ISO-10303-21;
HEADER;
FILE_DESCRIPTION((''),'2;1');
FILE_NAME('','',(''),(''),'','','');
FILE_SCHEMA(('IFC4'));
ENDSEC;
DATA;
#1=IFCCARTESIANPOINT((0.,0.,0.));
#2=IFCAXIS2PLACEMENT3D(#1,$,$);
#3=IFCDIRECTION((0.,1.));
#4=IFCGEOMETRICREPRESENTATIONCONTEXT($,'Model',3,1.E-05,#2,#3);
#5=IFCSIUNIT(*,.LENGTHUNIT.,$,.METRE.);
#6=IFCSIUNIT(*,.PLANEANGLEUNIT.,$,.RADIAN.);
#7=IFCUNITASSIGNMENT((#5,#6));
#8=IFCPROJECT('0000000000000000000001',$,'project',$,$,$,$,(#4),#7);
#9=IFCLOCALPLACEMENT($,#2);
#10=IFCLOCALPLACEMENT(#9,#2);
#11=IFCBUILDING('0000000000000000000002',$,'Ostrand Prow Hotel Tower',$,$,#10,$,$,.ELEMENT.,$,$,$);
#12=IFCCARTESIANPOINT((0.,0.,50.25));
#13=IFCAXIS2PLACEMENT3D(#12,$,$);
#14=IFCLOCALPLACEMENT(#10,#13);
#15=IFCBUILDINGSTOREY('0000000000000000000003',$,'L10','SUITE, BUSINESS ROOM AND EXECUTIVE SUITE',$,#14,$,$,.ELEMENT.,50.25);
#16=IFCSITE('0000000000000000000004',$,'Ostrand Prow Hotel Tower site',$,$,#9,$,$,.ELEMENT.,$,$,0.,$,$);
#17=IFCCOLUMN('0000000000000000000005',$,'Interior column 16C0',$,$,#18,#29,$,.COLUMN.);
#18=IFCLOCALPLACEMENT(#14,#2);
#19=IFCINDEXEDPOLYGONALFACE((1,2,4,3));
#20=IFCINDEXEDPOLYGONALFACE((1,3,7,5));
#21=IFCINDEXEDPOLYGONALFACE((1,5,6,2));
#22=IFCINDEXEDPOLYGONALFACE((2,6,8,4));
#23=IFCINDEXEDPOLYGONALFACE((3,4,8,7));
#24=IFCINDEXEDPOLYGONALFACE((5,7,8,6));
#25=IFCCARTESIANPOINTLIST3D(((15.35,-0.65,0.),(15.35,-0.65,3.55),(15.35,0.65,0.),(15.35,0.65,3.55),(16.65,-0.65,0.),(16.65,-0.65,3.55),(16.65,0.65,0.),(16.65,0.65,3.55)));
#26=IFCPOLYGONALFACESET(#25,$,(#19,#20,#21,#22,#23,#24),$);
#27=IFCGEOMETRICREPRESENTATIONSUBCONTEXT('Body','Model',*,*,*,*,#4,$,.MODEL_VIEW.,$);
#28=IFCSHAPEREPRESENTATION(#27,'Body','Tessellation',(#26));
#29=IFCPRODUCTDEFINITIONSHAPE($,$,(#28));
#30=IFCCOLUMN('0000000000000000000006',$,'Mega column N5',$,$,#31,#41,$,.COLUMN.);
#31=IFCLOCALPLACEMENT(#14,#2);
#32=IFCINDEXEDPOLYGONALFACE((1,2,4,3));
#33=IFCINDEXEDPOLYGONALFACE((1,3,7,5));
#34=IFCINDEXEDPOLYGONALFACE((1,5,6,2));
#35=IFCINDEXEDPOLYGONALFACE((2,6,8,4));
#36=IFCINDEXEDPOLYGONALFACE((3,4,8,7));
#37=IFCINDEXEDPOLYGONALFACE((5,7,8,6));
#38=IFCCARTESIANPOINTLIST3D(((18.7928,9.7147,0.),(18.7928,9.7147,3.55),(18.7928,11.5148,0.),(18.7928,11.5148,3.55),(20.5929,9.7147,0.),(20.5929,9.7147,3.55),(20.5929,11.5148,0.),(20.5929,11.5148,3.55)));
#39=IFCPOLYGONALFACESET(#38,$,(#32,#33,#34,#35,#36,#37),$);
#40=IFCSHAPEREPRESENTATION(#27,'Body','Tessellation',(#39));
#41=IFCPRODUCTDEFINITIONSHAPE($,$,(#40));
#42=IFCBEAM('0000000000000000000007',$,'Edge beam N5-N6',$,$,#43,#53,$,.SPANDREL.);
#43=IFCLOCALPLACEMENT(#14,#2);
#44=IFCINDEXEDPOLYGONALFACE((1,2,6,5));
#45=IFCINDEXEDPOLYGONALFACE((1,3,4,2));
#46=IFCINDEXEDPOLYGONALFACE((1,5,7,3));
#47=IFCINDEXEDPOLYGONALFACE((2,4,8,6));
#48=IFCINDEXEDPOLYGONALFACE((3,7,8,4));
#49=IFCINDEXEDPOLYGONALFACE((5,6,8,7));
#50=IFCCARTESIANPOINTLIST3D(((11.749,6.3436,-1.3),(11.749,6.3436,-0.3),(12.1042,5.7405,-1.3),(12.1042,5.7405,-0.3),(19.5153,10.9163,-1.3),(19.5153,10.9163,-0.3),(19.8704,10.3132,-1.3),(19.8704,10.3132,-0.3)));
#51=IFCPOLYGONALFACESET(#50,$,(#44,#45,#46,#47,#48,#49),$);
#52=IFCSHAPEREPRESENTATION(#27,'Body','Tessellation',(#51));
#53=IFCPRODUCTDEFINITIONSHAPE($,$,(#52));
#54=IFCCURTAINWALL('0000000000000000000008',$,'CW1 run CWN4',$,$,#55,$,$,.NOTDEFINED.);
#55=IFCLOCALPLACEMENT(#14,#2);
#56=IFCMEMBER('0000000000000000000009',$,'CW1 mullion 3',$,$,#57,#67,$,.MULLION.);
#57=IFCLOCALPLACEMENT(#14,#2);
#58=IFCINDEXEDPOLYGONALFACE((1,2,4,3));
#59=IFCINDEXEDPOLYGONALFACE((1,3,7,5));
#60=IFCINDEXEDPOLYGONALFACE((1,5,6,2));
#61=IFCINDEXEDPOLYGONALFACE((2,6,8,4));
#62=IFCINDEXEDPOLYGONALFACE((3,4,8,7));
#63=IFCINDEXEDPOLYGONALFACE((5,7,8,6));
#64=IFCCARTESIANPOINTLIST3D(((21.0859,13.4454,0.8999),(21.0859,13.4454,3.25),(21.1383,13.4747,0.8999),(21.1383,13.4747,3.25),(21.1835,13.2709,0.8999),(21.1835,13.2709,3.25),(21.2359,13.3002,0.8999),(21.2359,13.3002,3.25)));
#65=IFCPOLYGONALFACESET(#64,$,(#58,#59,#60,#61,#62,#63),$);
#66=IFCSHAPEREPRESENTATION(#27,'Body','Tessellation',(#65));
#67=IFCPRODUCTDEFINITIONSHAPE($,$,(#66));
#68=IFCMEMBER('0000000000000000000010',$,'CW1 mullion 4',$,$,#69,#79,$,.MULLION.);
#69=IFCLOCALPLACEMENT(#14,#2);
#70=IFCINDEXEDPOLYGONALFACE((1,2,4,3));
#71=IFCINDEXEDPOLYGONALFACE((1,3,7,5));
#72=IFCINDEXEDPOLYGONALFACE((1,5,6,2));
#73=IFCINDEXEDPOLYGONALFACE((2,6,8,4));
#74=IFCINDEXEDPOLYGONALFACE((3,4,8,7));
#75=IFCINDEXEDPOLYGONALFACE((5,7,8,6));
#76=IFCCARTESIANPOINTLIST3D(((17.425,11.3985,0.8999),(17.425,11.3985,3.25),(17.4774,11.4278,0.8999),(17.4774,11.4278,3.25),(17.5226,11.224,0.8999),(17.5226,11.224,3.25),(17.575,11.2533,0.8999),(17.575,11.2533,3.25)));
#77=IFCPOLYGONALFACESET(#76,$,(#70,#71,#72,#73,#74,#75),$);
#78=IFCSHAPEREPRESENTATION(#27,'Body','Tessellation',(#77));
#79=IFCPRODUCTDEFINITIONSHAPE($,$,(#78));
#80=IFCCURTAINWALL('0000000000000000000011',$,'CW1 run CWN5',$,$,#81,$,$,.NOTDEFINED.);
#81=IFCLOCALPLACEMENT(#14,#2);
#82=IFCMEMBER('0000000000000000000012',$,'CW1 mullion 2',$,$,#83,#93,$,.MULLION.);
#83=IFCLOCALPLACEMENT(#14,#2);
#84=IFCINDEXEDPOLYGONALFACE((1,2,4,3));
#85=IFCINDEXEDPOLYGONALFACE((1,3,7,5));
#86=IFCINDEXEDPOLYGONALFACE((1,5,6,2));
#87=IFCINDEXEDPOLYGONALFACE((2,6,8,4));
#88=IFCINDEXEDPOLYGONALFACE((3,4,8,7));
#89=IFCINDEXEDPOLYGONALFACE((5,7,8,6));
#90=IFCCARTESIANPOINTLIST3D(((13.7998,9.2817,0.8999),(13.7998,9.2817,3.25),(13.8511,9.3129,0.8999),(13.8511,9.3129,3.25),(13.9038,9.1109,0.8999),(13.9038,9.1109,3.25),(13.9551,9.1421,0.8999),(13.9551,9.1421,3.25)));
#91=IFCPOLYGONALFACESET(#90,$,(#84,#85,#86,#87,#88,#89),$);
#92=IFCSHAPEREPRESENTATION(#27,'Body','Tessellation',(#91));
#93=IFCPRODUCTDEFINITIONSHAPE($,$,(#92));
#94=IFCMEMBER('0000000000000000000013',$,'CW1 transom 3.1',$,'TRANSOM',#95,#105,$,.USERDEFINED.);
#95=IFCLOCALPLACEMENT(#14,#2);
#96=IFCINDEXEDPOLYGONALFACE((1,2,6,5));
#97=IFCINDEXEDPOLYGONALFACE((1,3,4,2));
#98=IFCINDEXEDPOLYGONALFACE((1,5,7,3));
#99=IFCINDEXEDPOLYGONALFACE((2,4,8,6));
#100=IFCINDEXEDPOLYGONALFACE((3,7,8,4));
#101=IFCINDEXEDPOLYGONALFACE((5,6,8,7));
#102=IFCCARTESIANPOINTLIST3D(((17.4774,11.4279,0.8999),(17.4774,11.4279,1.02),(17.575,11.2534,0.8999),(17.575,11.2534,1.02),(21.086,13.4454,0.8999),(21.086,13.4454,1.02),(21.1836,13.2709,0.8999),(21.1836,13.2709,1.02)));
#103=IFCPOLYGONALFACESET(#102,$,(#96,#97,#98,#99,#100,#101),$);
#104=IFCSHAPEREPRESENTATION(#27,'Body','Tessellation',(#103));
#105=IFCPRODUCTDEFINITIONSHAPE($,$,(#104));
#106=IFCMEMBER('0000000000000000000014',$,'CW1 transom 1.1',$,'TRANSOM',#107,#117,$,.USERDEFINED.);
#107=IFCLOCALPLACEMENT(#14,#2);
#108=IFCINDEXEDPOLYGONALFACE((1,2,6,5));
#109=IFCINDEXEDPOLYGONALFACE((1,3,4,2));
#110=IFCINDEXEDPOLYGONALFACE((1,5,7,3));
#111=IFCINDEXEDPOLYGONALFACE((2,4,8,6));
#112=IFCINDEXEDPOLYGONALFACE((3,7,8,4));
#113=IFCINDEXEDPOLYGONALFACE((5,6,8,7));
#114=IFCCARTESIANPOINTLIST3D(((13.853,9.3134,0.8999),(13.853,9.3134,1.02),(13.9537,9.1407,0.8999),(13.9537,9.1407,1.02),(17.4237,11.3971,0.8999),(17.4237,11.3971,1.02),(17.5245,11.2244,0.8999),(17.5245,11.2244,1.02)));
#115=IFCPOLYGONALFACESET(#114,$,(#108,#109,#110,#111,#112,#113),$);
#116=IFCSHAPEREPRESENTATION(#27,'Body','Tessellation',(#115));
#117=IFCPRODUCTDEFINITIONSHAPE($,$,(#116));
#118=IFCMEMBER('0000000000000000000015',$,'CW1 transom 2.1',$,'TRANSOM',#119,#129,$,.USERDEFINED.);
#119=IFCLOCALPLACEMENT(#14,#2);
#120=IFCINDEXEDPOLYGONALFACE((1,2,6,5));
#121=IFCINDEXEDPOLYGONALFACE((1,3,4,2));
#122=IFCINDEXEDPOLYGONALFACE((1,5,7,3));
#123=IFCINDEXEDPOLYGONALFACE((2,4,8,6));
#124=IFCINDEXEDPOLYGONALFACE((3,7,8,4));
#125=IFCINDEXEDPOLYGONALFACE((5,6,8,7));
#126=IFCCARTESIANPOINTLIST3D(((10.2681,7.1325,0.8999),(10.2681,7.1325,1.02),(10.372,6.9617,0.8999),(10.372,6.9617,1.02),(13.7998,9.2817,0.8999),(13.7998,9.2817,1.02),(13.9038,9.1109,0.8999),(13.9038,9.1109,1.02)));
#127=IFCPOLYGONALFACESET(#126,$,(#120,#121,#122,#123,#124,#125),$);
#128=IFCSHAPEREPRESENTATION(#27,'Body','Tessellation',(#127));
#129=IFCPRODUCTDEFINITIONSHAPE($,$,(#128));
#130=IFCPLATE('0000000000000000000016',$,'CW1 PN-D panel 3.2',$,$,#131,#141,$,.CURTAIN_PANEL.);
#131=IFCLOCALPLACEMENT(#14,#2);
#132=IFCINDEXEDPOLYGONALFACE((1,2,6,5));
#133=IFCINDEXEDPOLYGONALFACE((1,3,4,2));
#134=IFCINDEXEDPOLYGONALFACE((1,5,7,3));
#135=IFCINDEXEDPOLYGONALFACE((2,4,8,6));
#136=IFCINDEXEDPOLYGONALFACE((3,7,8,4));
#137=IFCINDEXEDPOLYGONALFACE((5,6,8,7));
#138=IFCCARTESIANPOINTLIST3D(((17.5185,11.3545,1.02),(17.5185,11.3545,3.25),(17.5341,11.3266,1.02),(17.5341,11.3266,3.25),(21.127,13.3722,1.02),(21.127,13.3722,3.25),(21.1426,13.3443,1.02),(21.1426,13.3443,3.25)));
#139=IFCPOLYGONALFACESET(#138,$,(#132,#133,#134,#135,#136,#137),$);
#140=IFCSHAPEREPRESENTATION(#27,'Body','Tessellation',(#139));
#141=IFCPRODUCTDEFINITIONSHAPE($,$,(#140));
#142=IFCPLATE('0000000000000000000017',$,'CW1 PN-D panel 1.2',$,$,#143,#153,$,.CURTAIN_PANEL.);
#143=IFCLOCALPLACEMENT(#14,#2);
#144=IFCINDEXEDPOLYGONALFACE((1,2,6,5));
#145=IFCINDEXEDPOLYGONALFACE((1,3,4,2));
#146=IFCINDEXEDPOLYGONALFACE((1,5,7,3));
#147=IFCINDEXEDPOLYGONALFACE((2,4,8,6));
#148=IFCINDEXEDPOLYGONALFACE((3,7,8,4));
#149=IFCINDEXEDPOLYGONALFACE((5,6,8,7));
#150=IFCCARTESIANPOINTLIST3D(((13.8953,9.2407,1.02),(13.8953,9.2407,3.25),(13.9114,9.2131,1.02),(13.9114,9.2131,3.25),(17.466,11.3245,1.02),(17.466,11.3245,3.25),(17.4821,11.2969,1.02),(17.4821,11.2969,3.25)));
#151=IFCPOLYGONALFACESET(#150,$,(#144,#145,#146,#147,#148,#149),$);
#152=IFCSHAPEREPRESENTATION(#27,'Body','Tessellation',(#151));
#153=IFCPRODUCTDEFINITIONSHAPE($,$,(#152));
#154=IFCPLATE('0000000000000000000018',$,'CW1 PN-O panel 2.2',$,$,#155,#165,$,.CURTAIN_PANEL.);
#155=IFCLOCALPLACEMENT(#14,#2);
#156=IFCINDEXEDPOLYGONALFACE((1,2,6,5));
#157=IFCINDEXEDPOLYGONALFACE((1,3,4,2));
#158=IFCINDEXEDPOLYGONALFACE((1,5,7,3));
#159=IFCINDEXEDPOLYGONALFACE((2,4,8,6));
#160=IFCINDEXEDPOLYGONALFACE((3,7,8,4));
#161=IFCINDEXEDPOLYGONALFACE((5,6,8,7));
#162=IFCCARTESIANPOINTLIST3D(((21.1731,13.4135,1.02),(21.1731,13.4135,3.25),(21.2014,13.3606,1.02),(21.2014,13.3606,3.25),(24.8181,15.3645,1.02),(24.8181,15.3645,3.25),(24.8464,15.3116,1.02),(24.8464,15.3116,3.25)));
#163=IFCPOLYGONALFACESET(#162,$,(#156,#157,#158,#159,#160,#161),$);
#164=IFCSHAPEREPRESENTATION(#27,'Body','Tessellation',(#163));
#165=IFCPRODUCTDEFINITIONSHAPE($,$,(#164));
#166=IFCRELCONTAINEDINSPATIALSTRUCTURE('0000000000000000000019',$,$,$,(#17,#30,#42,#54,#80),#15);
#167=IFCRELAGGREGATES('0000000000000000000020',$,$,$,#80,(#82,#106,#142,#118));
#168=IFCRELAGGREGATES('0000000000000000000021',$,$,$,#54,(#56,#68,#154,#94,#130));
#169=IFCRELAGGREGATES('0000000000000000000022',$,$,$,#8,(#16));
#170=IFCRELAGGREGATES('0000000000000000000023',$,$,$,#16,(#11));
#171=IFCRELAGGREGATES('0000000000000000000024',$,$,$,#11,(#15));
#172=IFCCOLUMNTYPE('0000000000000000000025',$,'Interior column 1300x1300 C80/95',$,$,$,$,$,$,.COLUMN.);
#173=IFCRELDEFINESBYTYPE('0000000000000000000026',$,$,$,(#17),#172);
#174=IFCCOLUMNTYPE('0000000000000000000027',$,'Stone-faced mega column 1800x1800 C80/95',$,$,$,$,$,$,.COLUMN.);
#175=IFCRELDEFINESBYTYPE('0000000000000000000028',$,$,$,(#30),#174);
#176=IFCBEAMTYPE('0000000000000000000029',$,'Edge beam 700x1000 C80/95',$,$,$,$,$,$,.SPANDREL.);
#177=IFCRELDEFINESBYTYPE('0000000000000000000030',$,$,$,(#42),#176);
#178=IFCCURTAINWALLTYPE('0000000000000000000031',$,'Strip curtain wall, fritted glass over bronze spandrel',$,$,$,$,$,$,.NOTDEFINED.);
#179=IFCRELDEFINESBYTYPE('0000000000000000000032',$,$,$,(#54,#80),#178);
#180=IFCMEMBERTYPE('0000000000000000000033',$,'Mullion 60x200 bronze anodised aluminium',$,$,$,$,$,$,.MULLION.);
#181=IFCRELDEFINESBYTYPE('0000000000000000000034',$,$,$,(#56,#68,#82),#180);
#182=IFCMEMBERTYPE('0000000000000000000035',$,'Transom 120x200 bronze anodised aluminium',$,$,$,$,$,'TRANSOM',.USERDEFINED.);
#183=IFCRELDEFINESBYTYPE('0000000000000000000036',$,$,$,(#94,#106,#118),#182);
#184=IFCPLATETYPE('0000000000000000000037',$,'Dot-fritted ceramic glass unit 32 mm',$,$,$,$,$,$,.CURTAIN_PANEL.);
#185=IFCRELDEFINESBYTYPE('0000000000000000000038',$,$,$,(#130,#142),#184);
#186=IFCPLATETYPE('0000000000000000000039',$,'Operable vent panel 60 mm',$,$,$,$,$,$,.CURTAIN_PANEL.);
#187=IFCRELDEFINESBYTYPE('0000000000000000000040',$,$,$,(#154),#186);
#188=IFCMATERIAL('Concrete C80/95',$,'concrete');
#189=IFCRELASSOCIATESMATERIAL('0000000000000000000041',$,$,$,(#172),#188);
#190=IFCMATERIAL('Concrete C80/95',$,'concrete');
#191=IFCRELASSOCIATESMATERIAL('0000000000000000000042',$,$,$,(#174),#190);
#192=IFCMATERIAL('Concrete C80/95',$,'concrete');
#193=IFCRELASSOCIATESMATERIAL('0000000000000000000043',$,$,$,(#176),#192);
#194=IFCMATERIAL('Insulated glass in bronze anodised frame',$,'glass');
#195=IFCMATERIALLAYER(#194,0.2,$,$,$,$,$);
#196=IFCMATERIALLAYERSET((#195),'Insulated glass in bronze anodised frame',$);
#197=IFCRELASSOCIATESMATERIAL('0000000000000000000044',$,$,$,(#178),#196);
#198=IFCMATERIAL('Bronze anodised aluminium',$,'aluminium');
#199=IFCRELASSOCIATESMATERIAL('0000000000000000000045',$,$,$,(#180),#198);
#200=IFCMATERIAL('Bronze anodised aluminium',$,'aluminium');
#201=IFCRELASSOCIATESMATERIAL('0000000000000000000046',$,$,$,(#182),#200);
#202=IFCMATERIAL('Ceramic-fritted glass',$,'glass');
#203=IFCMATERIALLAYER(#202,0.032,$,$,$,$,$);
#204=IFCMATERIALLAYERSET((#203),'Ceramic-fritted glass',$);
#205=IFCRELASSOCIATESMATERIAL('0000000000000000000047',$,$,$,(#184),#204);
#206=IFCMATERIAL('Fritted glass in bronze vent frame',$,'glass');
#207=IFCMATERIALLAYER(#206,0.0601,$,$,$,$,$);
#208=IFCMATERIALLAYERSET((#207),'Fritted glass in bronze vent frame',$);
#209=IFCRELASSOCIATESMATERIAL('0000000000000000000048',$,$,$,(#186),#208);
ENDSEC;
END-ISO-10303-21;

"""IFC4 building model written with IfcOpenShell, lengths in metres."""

from ifc_helpers import new_model, si_unit, direction, frame, origin, origin_2d, place, context, subcontext, project, spatial, rectangle, extrude, material, layer, layer_set, material_profile, profile_set, type_object, element, aggregate, save


model = new_model("IFC4")

# Units and contexts
model_context = context("Model", 3, precision=1e-05, world=origin(), true_north=direction((0.0, 1.0)))
body_context = subcontext(model_context, "Body", "Model", "MODEL_VIEW")
ifc_project = project(units=[si_unit("LENGTHUNIT", "METRE"), si_unit("PLANEANGLEUNIT", "RADIAN")], contexts=[model_context])

# Site, building, storey
site_placement = place(None, origin())
site = spatial("IfcSite", under=ifc_project, at=site_placement, Name="Ostrand Prow Hotel Tower site", CompositionType="ELEMENT", RefElevation=0.0)
building_placement = place(site_placement, origin())
building = spatial("IfcBuilding", under=site, at=building_placement, Name="Ostrand Prow Hotel Tower", CompositionType="ELEMENT")
storey_placement = place(building_placement, frame((0.0, 0.0, 50.25)))
storey = spatial("IfcBuildingStorey", under=building, at=storey_placement, Name="L10", Description="SUITE, BUSINESS ROOM AND EXECUTIVE SUITE", CompositionType="ELEMENT", Elevation=50.25)

# Columns
ifc_material_1 = material(Name="Concrete C80/95", Category="concrete")
ifc_material_profile_1 = material_profile(ifc_material_1, rectangle(XDim=1.3, YDim=1.3, at=origin_2d()), Name="RC 1300x1300")
ifc_profile_set_1 = profile_set([ifc_material_profile_1], Name="Concrete C80/95")
column_type_1 = type_object("IfcColumnType", Name="Interior column 1300x1300 C80/95", PredefinedType="COLUMN", material=ifc_profile_set_1)
column_1_placement = place(storey_placement, frame((16.0, 0.0, 0.0), z_axis=(0.0, 0.0, 1.0), x_axis=(1.0, 0.0, 0.0)))
element("IfcColumn", 1, at=column_1_placement, inside=storey, type_object=column_type_1, Name="Interior column 16C0", PredefinedType="COLUMN", context=body_context, shape_type="SweptSolid", body=[
    extrude(rectangle(XDim=1.3, YDim=1.3, at=origin_2d()), origin(), (0.0, 0.0, 1.0), 3.55),
])
ifc_material_2 = material(Name="Concrete C80/95", Category="concrete")
ifc_material_profile_2 = material_profile(ifc_material_2, rectangle(XDim=1.8, YDim=1.8, at=origin_2d()), Name="RC 1800x1800")
ifc_profile_set_2 = profile_set([ifc_material_profile_2], Name="Concrete C80/95")
column_type_2 = type_object("IfcColumnType", Name="Stone-faced mega column 1800x1800 C80/95", PredefinedType="COLUMN", material=ifc_profile_set_2)
column_2_placement = place(storey_placement, frame((19.6929, 10.6147, 0.0), z_axis=(0.0, 0.0, 1.0), x_axis=(1.0, 0.0, 0.0)))
element("IfcColumn", 2, at=column_2_placement, inside=storey, type_object=column_type_2, Name="Mega column N5", PredefinedType="COLUMN", context=body_context, shape_type="SweptSolid", body=[
    extrude(rectangle(XDim=1.8, YDim=1.8, at=origin_2d()), origin(), (0.0, 0.0, 1.0), 3.55),
])

# Beam
ifc_material_3 = material(Name="Concrete C80/95", Category="concrete")
ifc_material_profile_3 = material_profile(ifc_material_3, rectangle(XDim=0.7, YDim=1.0, at=origin_2d()), Name="RC 700x1000")
ifc_profile_set_3 = profile_set([ifc_material_profile_3], Name="Concrete C80/95")
beam_type = type_object("IfcBeamType", Name="Edge beam 700x1000 C80/95", PredefinedType="SPANDREL", material=ifc_profile_set_3)
beam_placement = place(storey_placement, frame((19.6929, 10.6147, -0.8), z_axis=(-0.861725, -0.507375, 0.0), x_axis=(0.507375, -0.861725, 0.0)))
element("IfcBeam", 3, at=beam_placement, inside=storey, type_object=beam_type, Name="Edge beam N5-N6", PredefinedType="SPANDREL", context=body_context, shape_type="SweptSolid", body=[
    extrude(rectangle(XDim=0.7, YDim=1.0, at=origin_2d()), origin(), (0.0, 0.0, 1.0), 9.0125),
])

# Curtain wall, members
ifc_material_4 = material(Name="Insulated glass in bronze anodised frame", Category="glass")
ifc_layer_1 = layer(ifc_material_4, 0.2)
ifc_layer_set_1 = layer_set([ifc_layer_1], Name="Insulated glass in bronze anodised frame")
curtain_wall_type = type_object("IfcCurtainWallType", Name="Strip curtain wall, fritted glass over bronze spandrel", PredefinedType="NOTDEFINED", material=ifc_layer_set_1)
curtain_wall_1_placement = place(storey_placement, origin())
curtain_wall_1 = element("IfcCurtainWall", 4, at=curtain_wall_1_placement, inside=storey, type_object=curtain_wall_type, Name="CW1 run CWN4", PredefinedType="NOTDEFINED")
ifc_material_5 = material(Name="Bronze anodised aluminium", Category="aluminium")
ifc_material_profile_4 = material_profile(ifc_material_5, rectangle(XDim=0.2, YDim=0.0601, at=origin_2d()), Name="Mullion 60x200 bronze anodised aluminium")
ifc_profile_set_4 = profile_set([ifc_material_profile_4], Name="Bronze anodised aluminium")
member_type_1 = type_object("IfcMemberType", Name="Mullion 60x200 bronze anodised aluminium", PredefinedType="MULLION", material=ifc_profile_set_4)
member_1_placement = place(storey_placement, frame((21.1609, 13.3728, 0.8999), z_axis=(0.0, 0.0, 1.0), x_axis=(0.488044, -0.872819, 0.0)))
member_1 = element("IfcMember", 5, at=member_1_placement, type_object=member_type_1, Name="CW1 mullion 3", PredefinedType="MULLION", context=body_context, shape_type="SweptSolid", body=[
    extrude(rectangle(XDim=0.2, YDim=0.0601, at=origin_2d()), origin(), (0.0, 0.0, 1.0), 2.3501),
])
member_2_placement = place(storey_placement, frame((17.5, 11.3259, 0.8999), z_axis=(0.0, 0.0, 1.0), x_axis=(0.488044, -0.872819, 0.0)))
member_2 = element("IfcMember", 6, at=member_2_placement, type_object=member_type_1, Name="CW1 mullion 4", PredefinedType="MULLION", context=body_context, shape_type="SweptSolid", body=[
    extrude(rectangle(XDim=0.2, YDim=0.0601, at=origin_2d()), origin(), (0.0, 0.0, 1.0), 2.3501),
])

# Curtain wall, member
curtain_wall_2_placement = place(storey_placement, origin())
curtain_wall_2 = element("IfcCurtainWall", 7, at=curtain_wall_2_placement, inside=storey, type_object=curtain_wall_type, Name="CW1 run CWN5", PredefinedType="NOTDEFINED")
member_3_placement = place(storey_placement, frame((13.8774, 9.2119, 0.8999), z_axis=(0.0, 0.0, 1.0), x_axis=(0.519831, -0.854269, 0.0)))
member_3 = element("IfcMember", 8, at=member_3_placement, type_object=member_type_1, Name="CW1 mullion 2", PredefinedType="MULLION", context=body_context, shape_type="SweptSolid", body=[
    extrude(rectangle(XDim=0.2, YDim=0.0601, at=origin_2d()), origin(), (0.0, 0.0, 1.0), 2.3501),
])

# Members
ifc_material_6 = material(Name="Bronze anodised aluminium", Category="aluminium")
ifc_material_profile_5 = material_profile(ifc_material_6, rectangle(XDim=0.2, YDim=0.1201, at=origin_2d()), Name="Transom 120x200 bronze anodised aluminium")
ifc_profile_set_5 = profile_set([ifc_material_profile_5], Name="Bronze anodised aluminium")
member_type_2 = type_object("IfcMemberType", Name="Transom 120x200 bronze anodised aluminium", ElementType="TRANSOM", PredefinedType="USERDEFINED", material=ifc_profile_set_5)
member_4_placement = place(storey_placement, frame((21.1348, 13.3582, 0.96), z_axis=(-0.872842, -0.488003, 0.0), x_axis=(0.488003, -0.872842, 0.0)))
member_4 = element("IfcMember", 9, at=member_4_placement, type_object=member_type_2, Name="CW1 transom 3.1", ObjectType="TRANSOM", PredefinedType="USERDEFINED", context=body_context, shape_type="SweptSolid", body=[
    extrude(rectangle(XDim=0.2, YDim=0.1201, at=origin_2d()), origin(), (0.0, 0.0, 1.0), 4.1343),
])
member_5_placement = place(storey_placement, frame((17.4741, 11.3108, 0.96), z_axis=(-0.863698, -0.504011, 0.0), x_axis=(0.504011, -0.863698, 0.0)))
member_5 = element("IfcMember", 10, at=member_5_placement, type_object=member_type_2, Name="CW1 transom 1.1", ObjectType="TRANSOM", PredefinedType="USERDEFINED", context=body_context, shape_type="SweptSolid", body=[
    extrude(rectangle(XDim=0.2, YDim=0.1201, at=origin_2d()), origin(), (0.0, 0.0, 1.0), 4.1343),
])
member_6_placement = place(storey_placement, frame((13.8518, 9.1963, 0.96), z_axis=(-0.854261, -0.519844, 0.0), x_axis=(0.519844, -0.854261, 0.0)))
member_6 = element("IfcMember", 11, at=member_6_placement, type_object=member_type_2, Name="CW1 transom 2.1", ObjectType="TRANSOM", PredefinedType="USERDEFINED", context=body_context, shape_type="SweptSolid", body=[
    extrude(rectangle(XDim=0.2, YDim=0.1201, at=origin_2d()), origin(), (0.0, 0.0, 1.0), 4.1343),
])

# Plates
ifc_material_7 = material(Name="Ceramic-fritted glass", Category="glass")
ifc_layer_2 = layer(ifc_material_7, 0.032)
ifc_layer_set_2 = layer_set([ifc_layer_2], Name="Ceramic-fritted glass")
plate_type_1 = type_object("IfcPlateType", Name="Dot-fritted ceramic glass unit 32 mm", PredefinedType="CURTAIN_PANEL", material=ifc_layer_set_2)
plate_1_placement = place(storey_placement, frame((19.3306, 12.3494, 1.02), z_axis=(0.0, 0.0, 1.0), x_axis=(-0.872819, -0.488044, 0.0)))
plate_1 = element("IfcPlate", 12, at=plate_1_placement, type_object=plate_type_1, Name="CW1 PN-D panel 3.2", PredefinedType="CURTAIN_PANEL", context=body_context, shape_type="SweptSolid", body=[
    extrude(rectangle(XDim=4.1343, YDim=0.032, at=origin_2d()), origin(), (0.0, 0.0, 1.0), 2.23),
])
plate_2_placement = place(storey_placement, frame((15.6887, 10.2688, 1.02), z_axis=(0.0, 0.0, 1.0), x_axis=(-0.86369, -0.504023, 0.0)))
plate_2 = element("IfcPlate", 13, at=plate_2_placement, type_object=plate_type_1, Name="CW1 PN-D panel 1.2", PredefinedType="CURTAIN_PANEL", context=body_context, shape_type="SweptSolid", body=[
    extrude(rectangle(XDim=4.1343, YDim=0.032, at=origin_2d()), origin(), (0.0, 0.0, 1.0), 2.23),
])
aggregate(curtain_wall_2, [member_3, member_5, plate_2, member_6])
ifc_material_8 = material(Name="Fritted glass in bronze vent frame", Category="glass")
ifc_layer_3 = layer(ifc_material_8, 0.0601)
ifc_layer_set_3 = layer_set([ifc_layer_3], Name="Fritted glass in bronze vent frame")
plate_type_2 = type_object("IfcPlateType", Name="Operable vent panel 60 mm", PredefinedType="CURTAIN_PANEL", material=ifc_layer_set_3)
plate_3_placement = place(storey_placement, frame((23.0098, 14.3625, 1.02), z_axis=(0.0, 0.0, 1.0), x_axis=(-0.881652, -0.4719, 0.0)))
plate_3 = element("IfcPlate", 14, at=plate_3_placement, type_object=plate_type_2, Name="CW1 PN-O panel 2.2", PredefinedType="CURTAIN_PANEL", context=body_context, shape_type="SweptSolid", body=[
    extrude(rectangle(XDim=4.1343, YDim=0.0601, at=origin_2d()), origin(), (0.0, 0.0, 1.0), 2.23),
])
aggregate(curtain_wall_1, [member_1, member_2, plate_3, member_4, plate_1])

save(model, "model.ifc")
